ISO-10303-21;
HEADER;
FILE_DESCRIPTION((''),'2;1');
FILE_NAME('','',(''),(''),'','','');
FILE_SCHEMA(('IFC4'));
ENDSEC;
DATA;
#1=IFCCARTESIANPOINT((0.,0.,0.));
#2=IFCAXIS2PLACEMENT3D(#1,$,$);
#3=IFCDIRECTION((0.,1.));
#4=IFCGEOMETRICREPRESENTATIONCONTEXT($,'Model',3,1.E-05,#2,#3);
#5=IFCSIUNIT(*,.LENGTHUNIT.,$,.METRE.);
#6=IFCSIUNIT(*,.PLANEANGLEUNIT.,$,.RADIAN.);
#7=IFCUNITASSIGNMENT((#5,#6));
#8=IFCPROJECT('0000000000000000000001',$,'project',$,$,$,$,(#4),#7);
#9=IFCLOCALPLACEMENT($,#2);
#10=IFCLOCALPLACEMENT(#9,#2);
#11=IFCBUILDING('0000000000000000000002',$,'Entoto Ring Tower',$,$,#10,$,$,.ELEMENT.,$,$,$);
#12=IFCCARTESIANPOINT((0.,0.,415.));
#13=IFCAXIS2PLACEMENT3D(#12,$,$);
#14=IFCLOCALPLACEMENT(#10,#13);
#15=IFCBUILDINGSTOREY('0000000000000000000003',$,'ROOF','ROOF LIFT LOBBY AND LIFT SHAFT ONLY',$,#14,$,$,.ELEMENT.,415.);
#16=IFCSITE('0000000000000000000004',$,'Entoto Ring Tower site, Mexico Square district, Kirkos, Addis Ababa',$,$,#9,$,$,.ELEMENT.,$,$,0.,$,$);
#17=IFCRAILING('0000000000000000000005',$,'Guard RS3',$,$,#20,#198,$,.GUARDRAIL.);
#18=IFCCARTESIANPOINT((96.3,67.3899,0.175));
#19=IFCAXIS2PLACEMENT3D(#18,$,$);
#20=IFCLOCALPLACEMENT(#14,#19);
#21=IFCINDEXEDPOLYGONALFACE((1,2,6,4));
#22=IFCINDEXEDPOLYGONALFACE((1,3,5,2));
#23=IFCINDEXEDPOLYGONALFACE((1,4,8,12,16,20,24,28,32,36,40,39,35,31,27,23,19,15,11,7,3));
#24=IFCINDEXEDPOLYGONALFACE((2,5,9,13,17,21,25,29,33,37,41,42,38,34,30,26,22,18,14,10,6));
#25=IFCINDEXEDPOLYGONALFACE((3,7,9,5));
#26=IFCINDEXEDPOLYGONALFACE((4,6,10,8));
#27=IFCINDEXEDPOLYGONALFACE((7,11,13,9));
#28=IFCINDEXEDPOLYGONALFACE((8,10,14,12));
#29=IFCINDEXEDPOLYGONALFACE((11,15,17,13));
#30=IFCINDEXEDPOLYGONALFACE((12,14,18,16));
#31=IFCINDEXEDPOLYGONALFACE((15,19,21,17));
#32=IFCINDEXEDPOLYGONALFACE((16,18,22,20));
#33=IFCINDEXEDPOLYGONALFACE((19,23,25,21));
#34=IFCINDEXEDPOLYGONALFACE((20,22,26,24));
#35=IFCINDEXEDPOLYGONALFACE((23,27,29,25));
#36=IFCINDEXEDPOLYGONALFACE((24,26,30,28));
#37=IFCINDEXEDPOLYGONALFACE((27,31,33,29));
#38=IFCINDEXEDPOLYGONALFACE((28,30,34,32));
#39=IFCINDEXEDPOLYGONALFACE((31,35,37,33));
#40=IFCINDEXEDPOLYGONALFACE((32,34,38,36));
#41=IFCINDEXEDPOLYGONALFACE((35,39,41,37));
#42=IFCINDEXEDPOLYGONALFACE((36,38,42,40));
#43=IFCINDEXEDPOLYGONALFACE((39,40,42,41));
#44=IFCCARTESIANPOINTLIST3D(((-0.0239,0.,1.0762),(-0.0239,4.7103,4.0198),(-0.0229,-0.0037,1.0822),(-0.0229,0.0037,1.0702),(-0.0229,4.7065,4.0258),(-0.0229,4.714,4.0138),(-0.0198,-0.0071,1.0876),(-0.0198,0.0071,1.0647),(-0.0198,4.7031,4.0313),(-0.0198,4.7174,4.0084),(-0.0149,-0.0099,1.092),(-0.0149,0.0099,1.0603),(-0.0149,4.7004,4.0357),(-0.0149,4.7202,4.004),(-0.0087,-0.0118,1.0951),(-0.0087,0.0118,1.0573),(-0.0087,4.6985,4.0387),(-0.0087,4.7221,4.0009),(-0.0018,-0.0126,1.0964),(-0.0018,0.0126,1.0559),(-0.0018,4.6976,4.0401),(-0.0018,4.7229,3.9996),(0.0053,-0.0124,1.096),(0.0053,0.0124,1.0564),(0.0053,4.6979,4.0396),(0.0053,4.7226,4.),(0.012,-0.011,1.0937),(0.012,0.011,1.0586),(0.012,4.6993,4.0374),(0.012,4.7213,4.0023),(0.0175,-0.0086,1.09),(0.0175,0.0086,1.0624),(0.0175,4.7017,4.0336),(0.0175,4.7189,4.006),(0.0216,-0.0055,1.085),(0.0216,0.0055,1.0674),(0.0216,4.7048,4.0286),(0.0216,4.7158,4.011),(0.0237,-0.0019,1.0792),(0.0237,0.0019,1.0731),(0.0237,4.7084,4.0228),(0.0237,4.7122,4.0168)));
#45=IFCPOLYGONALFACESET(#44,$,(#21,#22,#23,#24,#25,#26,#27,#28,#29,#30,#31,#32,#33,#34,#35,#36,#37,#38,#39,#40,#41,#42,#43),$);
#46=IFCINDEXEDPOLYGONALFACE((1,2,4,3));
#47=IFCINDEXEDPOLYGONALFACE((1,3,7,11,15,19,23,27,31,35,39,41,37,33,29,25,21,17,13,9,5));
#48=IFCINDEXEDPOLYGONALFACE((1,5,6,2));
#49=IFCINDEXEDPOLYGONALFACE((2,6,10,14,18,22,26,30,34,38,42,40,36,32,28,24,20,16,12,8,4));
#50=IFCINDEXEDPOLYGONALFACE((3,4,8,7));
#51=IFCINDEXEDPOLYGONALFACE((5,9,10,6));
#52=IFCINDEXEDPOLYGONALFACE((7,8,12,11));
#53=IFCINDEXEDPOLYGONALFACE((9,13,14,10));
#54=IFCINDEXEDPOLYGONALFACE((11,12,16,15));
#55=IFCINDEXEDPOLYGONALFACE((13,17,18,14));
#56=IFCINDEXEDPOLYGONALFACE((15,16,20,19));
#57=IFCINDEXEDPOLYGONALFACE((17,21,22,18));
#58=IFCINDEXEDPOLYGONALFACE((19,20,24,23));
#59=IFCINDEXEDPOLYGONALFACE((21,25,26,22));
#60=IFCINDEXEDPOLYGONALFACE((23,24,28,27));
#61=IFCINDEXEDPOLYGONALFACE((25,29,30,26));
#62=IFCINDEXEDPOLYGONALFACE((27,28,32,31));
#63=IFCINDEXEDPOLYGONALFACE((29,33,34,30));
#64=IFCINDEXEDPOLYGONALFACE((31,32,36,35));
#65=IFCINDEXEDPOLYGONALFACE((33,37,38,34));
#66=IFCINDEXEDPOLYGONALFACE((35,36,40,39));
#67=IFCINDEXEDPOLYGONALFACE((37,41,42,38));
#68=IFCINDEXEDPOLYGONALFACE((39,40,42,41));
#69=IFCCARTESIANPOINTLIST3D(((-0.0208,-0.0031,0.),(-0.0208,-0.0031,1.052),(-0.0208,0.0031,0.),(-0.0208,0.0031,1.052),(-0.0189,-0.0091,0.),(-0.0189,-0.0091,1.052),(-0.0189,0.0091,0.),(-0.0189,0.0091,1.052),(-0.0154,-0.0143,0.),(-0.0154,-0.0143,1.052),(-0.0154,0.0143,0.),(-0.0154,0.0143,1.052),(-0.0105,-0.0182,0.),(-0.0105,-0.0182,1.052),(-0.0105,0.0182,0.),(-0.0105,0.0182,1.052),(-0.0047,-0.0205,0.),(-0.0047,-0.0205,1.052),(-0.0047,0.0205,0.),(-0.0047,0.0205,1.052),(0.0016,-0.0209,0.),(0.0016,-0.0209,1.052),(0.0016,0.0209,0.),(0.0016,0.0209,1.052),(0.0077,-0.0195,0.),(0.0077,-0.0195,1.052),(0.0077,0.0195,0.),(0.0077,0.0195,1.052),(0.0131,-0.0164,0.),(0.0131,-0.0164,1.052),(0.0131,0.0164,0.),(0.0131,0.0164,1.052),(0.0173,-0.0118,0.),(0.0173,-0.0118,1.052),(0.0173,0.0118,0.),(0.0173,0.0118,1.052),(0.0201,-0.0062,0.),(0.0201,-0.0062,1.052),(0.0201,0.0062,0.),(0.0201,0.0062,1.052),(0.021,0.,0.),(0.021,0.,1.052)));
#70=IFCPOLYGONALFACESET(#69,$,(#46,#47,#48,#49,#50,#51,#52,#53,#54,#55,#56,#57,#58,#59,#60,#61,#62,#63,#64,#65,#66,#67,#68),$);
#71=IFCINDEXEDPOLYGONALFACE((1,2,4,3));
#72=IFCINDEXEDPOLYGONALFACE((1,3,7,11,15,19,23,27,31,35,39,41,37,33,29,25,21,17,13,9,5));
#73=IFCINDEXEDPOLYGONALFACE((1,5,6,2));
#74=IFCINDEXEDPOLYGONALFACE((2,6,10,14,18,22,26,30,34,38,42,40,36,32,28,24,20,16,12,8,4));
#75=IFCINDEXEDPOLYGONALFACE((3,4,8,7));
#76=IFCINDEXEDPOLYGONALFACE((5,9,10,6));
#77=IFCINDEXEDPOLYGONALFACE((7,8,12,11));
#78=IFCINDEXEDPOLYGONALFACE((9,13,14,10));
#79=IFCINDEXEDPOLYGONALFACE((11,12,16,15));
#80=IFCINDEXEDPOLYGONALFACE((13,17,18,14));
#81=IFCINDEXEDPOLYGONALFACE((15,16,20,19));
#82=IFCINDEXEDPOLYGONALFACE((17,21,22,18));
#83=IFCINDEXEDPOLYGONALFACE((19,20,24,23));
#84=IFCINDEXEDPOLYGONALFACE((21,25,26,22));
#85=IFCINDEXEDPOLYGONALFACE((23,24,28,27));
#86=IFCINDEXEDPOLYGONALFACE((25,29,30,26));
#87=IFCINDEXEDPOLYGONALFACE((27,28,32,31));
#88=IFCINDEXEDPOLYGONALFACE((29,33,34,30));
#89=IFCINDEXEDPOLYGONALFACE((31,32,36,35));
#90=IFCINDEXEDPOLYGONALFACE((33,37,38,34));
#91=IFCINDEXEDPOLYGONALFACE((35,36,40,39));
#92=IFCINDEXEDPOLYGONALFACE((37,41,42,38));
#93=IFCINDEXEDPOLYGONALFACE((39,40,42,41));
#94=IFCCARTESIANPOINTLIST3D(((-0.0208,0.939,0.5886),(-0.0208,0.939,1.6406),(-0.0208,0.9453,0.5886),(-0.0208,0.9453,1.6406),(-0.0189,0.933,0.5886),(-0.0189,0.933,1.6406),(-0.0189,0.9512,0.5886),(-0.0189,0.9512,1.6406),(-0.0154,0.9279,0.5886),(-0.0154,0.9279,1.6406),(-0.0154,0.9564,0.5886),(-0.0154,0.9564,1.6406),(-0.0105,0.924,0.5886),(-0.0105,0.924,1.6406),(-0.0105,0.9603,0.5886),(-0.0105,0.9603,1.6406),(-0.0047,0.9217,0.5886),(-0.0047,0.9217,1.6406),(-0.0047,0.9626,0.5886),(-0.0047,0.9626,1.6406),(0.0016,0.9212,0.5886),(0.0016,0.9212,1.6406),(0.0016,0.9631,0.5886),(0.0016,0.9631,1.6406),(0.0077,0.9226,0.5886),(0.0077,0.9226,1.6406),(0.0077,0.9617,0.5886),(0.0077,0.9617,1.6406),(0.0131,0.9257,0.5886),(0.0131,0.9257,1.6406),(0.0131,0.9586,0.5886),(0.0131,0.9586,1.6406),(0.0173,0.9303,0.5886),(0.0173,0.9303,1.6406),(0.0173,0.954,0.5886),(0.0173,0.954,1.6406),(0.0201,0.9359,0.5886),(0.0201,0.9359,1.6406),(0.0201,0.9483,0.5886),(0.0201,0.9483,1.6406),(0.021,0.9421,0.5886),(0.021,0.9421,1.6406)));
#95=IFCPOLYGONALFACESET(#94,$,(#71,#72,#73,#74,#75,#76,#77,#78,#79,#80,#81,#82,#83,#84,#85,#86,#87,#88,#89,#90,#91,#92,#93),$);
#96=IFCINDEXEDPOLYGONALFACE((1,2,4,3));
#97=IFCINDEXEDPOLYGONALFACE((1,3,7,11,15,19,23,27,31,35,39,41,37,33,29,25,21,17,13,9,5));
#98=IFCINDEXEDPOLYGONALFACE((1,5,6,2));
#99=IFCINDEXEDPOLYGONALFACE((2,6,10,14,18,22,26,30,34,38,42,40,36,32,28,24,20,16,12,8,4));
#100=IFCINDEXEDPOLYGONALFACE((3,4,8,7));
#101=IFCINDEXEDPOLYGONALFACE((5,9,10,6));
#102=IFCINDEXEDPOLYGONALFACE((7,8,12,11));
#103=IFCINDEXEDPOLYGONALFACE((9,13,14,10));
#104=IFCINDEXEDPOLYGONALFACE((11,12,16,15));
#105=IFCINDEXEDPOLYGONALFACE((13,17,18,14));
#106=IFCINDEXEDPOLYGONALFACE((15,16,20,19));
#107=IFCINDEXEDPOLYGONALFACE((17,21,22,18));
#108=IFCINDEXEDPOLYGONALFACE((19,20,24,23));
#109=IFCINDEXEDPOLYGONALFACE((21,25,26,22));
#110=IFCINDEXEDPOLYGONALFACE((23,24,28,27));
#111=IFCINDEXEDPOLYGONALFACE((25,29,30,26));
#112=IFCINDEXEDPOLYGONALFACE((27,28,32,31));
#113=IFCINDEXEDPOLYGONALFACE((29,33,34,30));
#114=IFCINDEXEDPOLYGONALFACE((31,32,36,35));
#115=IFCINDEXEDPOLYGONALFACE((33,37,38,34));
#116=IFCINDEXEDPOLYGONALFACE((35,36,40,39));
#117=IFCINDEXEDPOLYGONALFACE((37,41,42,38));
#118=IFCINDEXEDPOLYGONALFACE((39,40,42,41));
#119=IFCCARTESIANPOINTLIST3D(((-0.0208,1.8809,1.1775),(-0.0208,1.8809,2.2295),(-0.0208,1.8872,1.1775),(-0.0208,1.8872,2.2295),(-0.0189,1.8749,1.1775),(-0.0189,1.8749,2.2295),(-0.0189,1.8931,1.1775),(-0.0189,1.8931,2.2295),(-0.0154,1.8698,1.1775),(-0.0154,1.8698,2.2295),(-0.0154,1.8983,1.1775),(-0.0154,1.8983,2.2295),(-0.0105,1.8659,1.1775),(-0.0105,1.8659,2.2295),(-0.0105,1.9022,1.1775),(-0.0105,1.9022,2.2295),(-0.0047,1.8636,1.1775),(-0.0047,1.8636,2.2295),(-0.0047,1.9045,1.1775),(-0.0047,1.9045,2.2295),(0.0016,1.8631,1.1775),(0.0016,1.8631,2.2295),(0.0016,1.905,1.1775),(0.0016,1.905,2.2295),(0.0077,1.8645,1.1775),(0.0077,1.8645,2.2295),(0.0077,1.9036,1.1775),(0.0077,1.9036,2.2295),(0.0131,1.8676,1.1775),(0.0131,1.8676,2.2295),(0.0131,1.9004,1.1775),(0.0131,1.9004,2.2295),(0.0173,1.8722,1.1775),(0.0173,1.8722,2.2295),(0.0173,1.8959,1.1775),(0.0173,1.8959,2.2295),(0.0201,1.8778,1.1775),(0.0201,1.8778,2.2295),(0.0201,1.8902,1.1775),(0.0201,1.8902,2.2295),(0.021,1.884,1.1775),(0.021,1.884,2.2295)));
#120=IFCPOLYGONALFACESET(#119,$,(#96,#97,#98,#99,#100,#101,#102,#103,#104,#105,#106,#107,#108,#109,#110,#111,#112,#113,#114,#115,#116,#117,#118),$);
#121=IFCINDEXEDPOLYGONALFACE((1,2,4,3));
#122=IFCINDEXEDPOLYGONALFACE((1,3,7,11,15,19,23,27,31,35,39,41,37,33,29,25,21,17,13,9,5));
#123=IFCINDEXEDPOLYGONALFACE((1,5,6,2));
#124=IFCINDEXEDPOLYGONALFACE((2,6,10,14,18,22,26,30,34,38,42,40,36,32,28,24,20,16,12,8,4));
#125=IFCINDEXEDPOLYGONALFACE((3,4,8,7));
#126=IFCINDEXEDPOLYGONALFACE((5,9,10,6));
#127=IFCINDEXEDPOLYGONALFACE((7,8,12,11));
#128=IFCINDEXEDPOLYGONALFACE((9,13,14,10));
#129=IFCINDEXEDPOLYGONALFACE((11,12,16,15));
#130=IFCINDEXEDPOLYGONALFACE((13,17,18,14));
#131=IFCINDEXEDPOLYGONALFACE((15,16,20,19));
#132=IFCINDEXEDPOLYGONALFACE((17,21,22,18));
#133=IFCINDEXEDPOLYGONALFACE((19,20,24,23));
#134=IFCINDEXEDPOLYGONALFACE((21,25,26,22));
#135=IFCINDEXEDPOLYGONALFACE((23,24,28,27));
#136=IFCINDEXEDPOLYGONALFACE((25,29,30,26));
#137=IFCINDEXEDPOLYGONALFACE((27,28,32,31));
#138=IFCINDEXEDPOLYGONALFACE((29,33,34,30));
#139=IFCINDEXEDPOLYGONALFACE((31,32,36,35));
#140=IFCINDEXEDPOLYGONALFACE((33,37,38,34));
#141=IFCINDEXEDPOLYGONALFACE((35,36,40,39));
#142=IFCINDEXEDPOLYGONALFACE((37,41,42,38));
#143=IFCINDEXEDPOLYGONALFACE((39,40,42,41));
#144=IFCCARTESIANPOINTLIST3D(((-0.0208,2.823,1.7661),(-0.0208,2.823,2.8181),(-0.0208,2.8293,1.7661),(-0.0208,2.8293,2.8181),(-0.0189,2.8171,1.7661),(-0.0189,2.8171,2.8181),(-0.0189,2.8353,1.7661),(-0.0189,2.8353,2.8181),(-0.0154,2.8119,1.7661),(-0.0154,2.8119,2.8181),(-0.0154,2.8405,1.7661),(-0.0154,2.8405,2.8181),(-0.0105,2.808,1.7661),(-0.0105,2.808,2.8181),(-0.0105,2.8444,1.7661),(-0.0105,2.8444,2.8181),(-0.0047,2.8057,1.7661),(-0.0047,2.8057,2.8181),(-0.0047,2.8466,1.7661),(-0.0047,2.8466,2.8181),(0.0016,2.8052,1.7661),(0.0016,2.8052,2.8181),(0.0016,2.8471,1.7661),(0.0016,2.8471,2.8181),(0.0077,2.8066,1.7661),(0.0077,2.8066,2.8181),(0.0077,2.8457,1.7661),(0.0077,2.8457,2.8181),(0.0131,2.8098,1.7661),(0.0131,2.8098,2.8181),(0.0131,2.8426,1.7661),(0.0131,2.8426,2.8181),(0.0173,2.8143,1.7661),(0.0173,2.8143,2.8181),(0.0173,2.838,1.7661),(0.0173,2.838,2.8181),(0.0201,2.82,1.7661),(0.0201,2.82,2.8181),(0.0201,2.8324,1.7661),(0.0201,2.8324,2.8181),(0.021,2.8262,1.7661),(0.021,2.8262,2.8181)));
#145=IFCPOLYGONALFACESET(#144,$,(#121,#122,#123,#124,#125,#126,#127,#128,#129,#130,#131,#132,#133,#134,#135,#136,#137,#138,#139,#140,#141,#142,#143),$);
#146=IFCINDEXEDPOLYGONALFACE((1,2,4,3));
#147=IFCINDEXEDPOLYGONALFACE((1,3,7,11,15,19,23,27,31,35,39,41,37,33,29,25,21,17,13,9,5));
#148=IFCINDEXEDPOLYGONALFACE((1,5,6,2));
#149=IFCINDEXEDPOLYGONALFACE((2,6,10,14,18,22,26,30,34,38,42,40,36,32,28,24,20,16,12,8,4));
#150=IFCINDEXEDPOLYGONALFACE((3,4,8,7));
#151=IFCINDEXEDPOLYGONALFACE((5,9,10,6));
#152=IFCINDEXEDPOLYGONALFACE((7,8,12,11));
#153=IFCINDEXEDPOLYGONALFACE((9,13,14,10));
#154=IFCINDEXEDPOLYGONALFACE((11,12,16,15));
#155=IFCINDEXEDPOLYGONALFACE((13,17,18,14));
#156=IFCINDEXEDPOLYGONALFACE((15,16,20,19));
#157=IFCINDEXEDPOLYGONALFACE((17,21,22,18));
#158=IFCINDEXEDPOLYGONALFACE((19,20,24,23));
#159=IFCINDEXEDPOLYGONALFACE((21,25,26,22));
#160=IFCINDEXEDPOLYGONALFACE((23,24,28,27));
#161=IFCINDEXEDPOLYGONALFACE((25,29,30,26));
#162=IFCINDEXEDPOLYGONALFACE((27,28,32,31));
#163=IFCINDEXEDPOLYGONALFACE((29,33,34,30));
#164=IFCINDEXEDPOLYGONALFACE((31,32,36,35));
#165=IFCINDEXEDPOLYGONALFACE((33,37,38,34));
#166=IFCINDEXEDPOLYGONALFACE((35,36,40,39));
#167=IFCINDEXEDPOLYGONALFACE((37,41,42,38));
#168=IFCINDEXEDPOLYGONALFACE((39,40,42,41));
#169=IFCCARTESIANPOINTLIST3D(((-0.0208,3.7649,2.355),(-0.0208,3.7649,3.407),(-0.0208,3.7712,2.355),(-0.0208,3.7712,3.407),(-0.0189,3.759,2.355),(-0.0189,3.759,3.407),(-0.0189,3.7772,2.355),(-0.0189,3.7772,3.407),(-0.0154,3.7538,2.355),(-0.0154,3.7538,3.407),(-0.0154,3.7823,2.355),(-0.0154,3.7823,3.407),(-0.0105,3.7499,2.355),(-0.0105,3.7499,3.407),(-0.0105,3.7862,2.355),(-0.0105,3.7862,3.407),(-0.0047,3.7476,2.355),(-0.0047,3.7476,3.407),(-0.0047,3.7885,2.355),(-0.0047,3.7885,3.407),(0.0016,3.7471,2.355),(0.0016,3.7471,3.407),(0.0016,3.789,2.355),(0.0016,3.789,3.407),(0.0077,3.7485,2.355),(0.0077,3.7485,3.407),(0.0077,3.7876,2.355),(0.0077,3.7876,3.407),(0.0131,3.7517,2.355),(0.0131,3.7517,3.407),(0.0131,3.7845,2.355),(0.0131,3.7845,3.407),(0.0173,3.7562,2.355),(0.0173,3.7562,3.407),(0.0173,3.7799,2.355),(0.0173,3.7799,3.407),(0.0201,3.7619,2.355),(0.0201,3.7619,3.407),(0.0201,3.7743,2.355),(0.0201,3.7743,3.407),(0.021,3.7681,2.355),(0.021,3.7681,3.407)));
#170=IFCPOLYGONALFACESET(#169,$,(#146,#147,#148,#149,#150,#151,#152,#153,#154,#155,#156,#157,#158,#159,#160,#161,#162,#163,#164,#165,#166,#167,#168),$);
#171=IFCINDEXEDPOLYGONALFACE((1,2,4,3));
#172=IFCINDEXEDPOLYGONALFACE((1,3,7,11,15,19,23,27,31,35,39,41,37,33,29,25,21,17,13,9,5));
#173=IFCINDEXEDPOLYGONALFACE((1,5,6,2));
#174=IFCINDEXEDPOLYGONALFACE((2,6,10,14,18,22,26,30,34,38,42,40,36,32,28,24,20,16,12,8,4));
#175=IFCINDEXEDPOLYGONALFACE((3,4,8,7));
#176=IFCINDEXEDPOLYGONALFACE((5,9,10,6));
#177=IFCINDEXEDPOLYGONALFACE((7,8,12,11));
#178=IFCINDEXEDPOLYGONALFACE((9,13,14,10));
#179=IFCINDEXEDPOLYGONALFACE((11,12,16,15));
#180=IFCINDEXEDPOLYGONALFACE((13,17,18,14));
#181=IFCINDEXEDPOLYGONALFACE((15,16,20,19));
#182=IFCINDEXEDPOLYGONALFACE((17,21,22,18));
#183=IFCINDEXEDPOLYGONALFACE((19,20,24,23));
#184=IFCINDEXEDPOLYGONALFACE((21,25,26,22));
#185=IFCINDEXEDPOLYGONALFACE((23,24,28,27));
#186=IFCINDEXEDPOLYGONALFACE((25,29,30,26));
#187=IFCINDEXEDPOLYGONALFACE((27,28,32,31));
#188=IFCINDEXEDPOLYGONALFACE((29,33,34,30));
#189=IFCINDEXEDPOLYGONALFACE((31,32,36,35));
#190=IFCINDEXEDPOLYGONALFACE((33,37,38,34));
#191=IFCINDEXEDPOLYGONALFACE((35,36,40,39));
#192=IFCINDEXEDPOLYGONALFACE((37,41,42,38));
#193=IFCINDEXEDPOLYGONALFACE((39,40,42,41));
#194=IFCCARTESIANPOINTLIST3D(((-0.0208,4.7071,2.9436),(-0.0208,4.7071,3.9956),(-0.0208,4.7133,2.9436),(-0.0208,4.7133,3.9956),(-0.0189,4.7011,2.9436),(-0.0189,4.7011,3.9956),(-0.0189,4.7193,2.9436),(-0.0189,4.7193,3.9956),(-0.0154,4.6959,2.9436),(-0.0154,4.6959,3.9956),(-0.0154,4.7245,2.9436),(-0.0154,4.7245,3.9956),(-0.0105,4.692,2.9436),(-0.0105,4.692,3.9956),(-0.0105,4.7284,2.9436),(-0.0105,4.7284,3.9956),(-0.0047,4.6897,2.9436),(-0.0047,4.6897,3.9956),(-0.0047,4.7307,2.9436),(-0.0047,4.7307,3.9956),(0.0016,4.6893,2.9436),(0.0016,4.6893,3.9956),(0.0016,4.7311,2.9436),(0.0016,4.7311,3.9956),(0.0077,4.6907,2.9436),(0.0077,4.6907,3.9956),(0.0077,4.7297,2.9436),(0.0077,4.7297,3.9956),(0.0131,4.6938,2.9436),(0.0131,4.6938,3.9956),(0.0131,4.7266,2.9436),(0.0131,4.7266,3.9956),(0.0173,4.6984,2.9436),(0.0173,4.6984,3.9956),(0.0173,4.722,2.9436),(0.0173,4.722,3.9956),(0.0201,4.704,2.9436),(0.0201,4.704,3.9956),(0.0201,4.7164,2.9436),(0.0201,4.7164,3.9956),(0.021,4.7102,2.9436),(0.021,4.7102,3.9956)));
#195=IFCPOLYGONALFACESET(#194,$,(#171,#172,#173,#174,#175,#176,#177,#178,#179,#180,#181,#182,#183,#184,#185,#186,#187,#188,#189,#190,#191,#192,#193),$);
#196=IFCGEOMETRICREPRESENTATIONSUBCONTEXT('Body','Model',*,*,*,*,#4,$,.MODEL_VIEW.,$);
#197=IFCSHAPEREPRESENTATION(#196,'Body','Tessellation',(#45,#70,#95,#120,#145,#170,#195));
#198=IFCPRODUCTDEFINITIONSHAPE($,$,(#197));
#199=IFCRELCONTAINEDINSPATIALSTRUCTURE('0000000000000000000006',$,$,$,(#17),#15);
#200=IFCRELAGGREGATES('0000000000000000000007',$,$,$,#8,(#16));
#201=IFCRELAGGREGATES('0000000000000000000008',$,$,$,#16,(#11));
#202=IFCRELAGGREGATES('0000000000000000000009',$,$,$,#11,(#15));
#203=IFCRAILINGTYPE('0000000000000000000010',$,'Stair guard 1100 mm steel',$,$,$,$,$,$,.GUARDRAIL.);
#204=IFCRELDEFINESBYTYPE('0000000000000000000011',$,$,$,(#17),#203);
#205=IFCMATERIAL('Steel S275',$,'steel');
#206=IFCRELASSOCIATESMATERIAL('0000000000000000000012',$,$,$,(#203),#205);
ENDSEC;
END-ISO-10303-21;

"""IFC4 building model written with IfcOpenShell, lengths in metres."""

from ifc_helpers import new_model, si_unit, direction, frame, origin, origin_2d, place, context, subcontext, project, spatial, circle, extrude, material, type_object, element, save


model = new_model("IFC4")

# Units and contexts
model_context = context("Model", 3, precision=1e-05, world=origin(), true_north=direction((0.0, 1.0)))
body_context = subcontext(model_context, "Body", "Model", "MODEL_VIEW")
ifc_project = project(units=[si_unit("LENGTHUNIT", "METRE"), si_unit("PLANEANGLEUNIT", "RADIAN")], contexts=[model_context])

# Site, building, storey
site_placement = place(None, origin())
site = spatial("IfcSite", under=ifc_project, at=site_placement, Name="Entoto Ring Tower site, Mexico Square district, Kirkos, Addis Ababa", CompositionType="ELEMENT", RefElevation=0.0)
building_placement = place(site_placement, origin())
building = spatial("IfcBuilding", under=site, at=building_placement, Name="Entoto Ring Tower", CompositionType="ELEMENT")
storey_placement = place(building_placement, frame((0.0, 0.0, 415.0)))
storey = spatial("IfcBuildingStorey", under=building, at=storey_placement, Name="ROOF", Description="ROOF LIFT LOBBY AND LIFT SHAFT ONLY", CompositionType="ELEMENT", Elevation=415.0)

# Railing
ifc_material_1 = material(Name="Steel S275", Category="steel")
railing_type_1 = type_object("IfcRailingType", Name="Stair guard 1100 mm steel", PredefinedType="GUARDRAIL", material=ifc_material_1)
for number, where, name in (
    (1, (96.3, 67.3899, 0.175), "Guard RS3"),
):
    element("IfcRailing", number, at=place(storey_placement, frame(where)), inside=storey, type_object=railing_type_1, Name=name, PredefinedType="GUARDRAIL", context=body_context, shape_type="SweptSolid", body=[
        extrude(circle(Radius=0.0239, at=origin_2d()), frame((0.0, 0.0, 1.0762), z_axis=(0.0, 0.848021, 0.529963), x_axis=(-1.0, 0.0, 0.0)), (0.0, 0.0, 1.0), 5.5544),
        extrude(circle(Radius=0.021, at=origin_2d()), origin(), (0.0, 0.0, 1.0), 1.052),
        extrude(circle(Radius=0.021, at=origin_2d()), frame((0.0, 0.9421, 0.5886)), (0.0, 0.0, 1.0), 1.052),
        extrude(circle(Radius=0.021, at=origin_2d()), frame((0.0, 1.884, 1.1775)), (0.0, 0.0, 1.0), 1.052),
        extrude(circle(Radius=0.021, at=origin_2d()), frame((0.0, 2.8262, 1.7661)), (0.0, 0.0, 1.0), 1.052),
        extrude(circle(Radius=0.021, at=origin_2d()), frame((0.0, 3.7681, 2.355)), (0.0, 0.0, 1.0), 1.052),
        extrude(circle(Radius=0.021, at=origin_2d()), frame((0.0, 4.7102, 2.9436)), (0.0, 0.0, 1.0), 1.052),
    ])

save(model, "model.ifc")
